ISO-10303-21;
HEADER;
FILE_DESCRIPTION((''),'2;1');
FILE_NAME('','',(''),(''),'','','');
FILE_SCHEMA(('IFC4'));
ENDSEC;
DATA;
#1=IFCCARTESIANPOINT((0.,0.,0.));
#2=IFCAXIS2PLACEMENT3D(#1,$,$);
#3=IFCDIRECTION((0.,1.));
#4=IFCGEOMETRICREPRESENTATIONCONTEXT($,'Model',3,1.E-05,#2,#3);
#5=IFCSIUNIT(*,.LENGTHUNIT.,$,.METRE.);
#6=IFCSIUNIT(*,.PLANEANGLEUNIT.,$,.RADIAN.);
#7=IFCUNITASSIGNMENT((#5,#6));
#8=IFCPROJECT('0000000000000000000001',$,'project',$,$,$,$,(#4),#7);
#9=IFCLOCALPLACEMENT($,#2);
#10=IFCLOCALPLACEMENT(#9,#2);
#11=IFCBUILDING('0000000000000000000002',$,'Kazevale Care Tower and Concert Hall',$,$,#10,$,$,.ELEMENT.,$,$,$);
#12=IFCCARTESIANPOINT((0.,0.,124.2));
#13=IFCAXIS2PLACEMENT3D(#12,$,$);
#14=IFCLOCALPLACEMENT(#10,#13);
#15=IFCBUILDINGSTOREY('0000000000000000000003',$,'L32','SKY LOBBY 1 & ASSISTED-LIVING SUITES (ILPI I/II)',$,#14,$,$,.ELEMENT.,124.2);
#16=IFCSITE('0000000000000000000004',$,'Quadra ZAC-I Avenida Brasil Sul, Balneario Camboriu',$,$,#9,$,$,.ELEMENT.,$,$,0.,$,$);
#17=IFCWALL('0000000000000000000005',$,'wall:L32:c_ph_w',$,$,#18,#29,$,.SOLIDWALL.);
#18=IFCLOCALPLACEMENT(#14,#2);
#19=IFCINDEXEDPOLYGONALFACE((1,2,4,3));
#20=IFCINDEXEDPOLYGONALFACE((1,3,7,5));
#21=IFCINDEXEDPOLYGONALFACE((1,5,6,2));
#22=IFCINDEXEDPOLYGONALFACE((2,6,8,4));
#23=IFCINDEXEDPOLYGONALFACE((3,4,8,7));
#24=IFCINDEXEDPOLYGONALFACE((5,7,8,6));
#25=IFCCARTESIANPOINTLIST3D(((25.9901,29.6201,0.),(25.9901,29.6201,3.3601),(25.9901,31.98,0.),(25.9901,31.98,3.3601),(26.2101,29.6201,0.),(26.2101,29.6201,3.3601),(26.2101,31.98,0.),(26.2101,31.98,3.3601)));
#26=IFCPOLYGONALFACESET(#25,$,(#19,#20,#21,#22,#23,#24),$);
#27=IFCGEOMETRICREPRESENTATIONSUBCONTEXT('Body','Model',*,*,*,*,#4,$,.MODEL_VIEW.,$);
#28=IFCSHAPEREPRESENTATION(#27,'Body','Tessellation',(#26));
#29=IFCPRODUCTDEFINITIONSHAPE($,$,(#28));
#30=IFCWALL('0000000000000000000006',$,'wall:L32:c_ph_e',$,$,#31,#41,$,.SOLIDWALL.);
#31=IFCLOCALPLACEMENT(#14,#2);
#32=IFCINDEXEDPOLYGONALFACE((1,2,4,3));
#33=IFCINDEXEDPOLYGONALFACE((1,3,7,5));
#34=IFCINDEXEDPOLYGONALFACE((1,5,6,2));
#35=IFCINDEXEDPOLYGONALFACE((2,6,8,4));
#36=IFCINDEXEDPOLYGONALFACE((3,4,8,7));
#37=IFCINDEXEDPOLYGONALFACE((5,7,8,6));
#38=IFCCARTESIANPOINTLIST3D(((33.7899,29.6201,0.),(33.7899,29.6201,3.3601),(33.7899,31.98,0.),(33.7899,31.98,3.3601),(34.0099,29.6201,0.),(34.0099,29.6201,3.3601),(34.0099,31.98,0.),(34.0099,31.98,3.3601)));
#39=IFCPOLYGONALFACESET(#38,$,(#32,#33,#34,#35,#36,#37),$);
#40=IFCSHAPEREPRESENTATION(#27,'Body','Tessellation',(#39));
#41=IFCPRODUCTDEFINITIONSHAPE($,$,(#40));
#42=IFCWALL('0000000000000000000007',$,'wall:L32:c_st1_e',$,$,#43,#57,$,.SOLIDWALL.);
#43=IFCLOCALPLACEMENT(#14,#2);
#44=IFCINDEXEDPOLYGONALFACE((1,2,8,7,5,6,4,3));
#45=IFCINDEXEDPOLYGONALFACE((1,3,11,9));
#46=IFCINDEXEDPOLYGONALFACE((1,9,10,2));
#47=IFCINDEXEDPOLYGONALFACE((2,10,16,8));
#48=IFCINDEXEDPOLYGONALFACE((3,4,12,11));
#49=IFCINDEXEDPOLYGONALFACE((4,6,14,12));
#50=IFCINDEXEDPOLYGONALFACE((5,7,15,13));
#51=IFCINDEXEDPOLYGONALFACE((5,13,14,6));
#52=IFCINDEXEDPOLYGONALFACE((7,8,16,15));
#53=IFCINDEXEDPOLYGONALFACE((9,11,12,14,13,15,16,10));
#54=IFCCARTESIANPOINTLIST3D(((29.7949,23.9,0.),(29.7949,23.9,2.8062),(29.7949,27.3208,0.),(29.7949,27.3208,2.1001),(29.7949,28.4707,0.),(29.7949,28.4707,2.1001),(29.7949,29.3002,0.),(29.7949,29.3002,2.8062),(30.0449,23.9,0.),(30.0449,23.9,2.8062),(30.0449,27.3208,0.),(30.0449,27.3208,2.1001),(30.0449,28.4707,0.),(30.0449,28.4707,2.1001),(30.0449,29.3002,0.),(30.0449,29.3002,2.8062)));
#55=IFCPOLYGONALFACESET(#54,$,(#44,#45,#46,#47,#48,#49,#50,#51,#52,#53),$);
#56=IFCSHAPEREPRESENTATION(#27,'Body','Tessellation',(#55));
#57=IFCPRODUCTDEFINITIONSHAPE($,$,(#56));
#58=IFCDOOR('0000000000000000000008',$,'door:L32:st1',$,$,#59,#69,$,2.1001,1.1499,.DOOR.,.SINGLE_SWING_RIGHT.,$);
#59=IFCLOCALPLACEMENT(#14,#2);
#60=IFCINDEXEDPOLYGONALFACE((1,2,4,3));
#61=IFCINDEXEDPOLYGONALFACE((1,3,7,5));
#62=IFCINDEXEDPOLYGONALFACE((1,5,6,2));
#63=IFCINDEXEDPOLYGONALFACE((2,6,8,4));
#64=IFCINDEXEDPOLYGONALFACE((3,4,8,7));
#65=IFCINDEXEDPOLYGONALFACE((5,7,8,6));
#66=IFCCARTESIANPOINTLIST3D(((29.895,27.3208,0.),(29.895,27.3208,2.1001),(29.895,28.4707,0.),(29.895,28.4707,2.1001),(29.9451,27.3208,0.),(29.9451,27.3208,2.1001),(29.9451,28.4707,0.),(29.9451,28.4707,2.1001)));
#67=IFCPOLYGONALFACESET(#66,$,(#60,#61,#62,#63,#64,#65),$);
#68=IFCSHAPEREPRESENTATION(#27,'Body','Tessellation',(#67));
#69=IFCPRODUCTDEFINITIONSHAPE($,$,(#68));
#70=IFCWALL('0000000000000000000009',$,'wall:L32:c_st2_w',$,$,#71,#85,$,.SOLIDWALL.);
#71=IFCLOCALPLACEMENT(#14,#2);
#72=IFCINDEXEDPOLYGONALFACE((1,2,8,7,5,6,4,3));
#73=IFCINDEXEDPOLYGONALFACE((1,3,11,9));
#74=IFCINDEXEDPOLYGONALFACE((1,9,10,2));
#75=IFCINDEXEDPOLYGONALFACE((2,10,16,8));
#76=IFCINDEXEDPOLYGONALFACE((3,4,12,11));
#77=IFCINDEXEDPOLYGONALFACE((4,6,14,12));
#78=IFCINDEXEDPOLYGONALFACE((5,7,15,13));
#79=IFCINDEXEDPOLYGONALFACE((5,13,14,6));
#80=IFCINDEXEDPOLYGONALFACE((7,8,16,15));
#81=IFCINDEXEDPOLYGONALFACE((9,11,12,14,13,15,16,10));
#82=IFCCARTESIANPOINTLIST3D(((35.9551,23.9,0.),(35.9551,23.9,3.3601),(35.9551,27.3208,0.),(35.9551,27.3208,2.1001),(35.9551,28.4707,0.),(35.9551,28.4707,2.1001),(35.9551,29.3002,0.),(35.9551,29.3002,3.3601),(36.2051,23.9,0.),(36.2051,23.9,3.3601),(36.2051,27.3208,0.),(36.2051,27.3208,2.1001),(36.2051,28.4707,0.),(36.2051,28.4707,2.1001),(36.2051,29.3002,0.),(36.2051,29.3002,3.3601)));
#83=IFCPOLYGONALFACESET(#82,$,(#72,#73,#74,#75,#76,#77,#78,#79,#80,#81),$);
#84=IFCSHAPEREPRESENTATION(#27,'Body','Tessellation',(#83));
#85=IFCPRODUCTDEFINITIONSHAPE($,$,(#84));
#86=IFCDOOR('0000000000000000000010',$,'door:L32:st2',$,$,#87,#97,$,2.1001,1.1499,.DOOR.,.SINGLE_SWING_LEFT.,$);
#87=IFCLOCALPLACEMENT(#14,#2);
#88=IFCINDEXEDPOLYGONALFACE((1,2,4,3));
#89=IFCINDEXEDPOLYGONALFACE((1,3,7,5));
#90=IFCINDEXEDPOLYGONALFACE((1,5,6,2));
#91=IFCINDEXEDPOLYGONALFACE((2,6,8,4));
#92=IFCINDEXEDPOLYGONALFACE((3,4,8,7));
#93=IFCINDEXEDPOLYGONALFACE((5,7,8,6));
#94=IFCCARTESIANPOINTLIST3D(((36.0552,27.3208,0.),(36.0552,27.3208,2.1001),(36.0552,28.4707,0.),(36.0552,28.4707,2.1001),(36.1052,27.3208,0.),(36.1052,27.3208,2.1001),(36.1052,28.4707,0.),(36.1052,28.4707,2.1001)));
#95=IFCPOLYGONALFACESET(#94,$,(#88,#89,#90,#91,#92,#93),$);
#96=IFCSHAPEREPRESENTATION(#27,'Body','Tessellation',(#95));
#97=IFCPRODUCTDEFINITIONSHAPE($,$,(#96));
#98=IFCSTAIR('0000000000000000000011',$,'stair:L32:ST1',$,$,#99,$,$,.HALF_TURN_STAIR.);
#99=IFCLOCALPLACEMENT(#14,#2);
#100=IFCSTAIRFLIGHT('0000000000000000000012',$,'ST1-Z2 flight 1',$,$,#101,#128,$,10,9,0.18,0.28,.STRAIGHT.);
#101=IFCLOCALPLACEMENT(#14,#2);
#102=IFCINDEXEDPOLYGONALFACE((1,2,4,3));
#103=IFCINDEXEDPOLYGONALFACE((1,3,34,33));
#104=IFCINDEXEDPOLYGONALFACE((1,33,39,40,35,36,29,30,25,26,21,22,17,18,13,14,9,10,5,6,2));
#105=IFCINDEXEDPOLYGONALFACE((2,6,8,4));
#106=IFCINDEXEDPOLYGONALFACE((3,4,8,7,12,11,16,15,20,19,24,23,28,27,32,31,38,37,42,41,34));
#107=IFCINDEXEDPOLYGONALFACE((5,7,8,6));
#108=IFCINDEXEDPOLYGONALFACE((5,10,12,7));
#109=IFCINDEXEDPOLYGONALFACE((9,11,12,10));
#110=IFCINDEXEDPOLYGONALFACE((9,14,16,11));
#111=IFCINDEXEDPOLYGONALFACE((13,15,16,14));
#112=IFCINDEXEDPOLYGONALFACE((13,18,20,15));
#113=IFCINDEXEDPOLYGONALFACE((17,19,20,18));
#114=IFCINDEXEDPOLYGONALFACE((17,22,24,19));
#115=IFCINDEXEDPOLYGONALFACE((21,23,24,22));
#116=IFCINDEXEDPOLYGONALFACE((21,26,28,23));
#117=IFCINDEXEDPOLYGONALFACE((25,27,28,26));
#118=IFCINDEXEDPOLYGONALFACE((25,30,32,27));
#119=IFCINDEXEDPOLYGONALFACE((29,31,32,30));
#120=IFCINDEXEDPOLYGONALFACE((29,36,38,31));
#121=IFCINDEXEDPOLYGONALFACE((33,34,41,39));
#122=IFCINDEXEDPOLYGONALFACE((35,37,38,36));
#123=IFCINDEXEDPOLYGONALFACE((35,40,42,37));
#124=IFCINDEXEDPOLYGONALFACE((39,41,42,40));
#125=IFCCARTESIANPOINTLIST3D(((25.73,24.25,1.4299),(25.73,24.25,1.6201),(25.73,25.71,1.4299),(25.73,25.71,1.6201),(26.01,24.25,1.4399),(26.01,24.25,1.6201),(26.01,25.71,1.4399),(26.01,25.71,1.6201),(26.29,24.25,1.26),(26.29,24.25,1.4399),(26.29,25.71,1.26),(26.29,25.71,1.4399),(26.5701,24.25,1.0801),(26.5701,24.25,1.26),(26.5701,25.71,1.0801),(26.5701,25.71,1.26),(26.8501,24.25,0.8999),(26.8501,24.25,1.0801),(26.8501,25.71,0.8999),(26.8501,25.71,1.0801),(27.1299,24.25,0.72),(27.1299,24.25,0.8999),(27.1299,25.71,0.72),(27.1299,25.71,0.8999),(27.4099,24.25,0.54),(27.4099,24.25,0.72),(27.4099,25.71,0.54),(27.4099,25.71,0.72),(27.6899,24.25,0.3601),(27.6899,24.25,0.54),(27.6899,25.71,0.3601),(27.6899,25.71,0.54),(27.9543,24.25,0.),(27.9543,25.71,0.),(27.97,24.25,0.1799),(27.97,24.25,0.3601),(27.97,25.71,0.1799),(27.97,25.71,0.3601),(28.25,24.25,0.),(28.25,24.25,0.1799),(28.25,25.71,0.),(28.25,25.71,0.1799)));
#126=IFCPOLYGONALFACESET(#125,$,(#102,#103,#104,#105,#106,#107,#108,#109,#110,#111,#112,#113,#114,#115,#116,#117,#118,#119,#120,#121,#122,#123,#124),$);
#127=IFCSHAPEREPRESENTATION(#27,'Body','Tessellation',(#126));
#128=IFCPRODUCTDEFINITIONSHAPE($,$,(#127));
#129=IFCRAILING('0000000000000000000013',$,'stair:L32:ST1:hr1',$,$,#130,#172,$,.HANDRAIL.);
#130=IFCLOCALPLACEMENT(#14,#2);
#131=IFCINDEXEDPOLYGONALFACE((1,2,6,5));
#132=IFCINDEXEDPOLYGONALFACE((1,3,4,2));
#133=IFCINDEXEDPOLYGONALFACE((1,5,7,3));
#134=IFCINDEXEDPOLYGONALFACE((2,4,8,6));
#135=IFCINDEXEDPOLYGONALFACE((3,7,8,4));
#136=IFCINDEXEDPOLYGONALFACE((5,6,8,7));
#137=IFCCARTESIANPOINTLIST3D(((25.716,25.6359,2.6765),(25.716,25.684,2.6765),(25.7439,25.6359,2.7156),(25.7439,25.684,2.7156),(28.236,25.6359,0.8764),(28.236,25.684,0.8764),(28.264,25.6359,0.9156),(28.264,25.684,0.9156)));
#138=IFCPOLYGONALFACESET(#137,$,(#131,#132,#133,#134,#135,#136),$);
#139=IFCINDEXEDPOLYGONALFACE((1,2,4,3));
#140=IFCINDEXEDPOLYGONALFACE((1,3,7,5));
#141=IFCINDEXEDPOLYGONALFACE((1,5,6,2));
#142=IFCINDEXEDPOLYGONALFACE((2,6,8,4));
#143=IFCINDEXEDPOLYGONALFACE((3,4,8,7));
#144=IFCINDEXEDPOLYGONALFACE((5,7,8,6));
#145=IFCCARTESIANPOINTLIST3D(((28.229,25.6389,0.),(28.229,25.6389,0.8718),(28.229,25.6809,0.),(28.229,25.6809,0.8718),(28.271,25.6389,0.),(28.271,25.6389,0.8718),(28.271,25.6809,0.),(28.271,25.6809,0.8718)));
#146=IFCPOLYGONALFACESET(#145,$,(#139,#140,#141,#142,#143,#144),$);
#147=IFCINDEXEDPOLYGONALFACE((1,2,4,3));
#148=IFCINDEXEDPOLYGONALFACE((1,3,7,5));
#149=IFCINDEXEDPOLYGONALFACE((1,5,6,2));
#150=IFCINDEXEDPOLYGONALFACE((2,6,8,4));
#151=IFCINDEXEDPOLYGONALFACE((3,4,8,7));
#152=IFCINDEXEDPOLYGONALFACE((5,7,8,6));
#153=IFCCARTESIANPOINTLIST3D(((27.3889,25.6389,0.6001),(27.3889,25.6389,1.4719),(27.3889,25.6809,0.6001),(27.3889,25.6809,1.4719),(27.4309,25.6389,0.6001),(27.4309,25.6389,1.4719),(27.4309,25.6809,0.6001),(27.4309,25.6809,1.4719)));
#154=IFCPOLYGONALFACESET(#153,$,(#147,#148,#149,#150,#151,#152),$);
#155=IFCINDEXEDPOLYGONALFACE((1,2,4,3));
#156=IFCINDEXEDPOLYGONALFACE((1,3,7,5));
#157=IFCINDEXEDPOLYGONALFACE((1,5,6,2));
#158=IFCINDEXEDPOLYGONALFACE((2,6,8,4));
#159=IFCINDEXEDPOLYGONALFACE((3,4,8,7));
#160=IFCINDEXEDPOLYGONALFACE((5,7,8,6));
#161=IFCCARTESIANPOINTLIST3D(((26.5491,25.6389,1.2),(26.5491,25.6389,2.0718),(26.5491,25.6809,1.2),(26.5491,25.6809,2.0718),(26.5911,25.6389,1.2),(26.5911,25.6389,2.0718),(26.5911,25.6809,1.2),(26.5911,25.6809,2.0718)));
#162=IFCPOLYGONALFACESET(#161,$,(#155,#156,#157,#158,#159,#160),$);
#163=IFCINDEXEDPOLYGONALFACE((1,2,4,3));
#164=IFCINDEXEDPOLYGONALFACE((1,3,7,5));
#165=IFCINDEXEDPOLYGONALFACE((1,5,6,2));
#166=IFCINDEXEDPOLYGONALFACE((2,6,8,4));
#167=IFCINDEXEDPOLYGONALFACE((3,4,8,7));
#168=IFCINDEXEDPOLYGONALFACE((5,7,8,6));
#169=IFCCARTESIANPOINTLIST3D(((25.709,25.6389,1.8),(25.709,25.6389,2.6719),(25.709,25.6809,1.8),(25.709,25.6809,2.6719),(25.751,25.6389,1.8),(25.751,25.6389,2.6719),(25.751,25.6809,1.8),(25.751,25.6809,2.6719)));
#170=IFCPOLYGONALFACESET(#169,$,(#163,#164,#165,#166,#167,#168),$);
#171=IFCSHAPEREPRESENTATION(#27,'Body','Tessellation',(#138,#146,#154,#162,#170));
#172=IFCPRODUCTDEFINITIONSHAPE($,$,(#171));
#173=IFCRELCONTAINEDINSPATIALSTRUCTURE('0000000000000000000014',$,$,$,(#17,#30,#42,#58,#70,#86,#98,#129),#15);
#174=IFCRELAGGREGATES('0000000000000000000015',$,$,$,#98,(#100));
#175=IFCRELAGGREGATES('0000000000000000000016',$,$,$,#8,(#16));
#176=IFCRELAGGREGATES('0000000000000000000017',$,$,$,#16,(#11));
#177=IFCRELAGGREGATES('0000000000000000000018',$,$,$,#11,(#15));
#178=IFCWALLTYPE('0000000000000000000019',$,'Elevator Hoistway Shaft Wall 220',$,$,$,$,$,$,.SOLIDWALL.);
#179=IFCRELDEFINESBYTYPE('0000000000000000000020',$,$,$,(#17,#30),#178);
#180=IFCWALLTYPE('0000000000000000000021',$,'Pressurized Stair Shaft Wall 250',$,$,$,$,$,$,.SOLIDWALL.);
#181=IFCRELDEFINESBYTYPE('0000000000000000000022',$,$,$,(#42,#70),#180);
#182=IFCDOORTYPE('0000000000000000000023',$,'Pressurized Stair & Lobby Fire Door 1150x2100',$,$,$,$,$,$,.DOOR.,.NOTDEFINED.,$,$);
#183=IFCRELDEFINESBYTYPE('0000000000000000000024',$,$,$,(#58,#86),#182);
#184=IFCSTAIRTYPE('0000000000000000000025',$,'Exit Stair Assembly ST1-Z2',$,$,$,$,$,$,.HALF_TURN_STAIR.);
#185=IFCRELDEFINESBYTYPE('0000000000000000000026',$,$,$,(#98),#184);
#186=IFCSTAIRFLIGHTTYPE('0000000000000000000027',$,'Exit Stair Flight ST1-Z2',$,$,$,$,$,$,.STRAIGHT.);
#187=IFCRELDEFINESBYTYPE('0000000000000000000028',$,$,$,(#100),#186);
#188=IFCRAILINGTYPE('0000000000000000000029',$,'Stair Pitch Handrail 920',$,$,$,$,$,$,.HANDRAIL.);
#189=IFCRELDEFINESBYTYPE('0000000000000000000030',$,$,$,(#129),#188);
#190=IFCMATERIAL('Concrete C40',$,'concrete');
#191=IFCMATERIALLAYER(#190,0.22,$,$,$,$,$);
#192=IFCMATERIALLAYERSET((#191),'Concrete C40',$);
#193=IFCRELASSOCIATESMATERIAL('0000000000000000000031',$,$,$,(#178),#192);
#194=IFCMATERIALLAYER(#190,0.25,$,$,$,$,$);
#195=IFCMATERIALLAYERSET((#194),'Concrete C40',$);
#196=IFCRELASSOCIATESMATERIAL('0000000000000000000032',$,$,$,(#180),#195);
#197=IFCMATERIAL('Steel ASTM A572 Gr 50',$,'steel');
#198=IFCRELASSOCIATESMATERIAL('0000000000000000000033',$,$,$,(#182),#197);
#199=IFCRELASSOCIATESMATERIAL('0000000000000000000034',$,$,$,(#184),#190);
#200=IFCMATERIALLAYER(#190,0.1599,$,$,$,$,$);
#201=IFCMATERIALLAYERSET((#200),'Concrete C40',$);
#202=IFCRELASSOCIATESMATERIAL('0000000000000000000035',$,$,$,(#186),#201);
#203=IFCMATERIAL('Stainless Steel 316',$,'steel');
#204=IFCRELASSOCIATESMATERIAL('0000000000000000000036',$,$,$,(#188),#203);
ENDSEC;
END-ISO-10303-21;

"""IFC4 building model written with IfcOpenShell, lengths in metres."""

from ifc_helpers import new_model, si_unit, direction, frame, frame_2d, origin, origin_2d, place, context, subcontext, project, spatial, polyline, rectangle, outline, extrude, material, layer, layer_set, type_object, element, fill, aggregate, save


model = new_model("IFC4")

# Units and contexts
model_context = context("Model", 3, precision=1e-05, world=origin(), true_north=direction((0.0, 1.0)))
body_context = subcontext(model_context, "Body", "Model", "MODEL_VIEW")
ifc_project = project(units=[si_unit("LENGTHUNIT", "METRE"), si_unit("PLANEANGLEUNIT", "RADIAN")], contexts=[model_context])

# Site, building, storey
site_placement = place(None, origin())
site = spatial("IfcSite", under=ifc_project, at=site_placement, Name="Quadra ZAC-I Avenida Brasil Sul, Balneario Camboriu", CompositionType="ELEMENT", RefElevation=0.0)
building_placement = place(site_placement, origin())
building = spatial("IfcBuilding", under=site, at=building_placement, Name="Kazevale Care Tower and Concert Hall", CompositionType="ELEMENT")
storey_placement = place(building_placement, frame((0.0, 0.0, 124.2)))
storey = spatial("IfcBuildingStorey", under=building, at=storey_placement, Name="L32", Description="SKY LOBBY 1 & ASSISTED-LIVING SUITES (ILPI I/II)", CompositionType="ELEMENT", Elevation=124.2)

# Shared definitions
ifc_material_1 = material(Name="Steel ASTM A572 Gr 50", Category="steel")

# Shared definitions
ifc_material_2 = material(Name="Concrete C40", Category="concrete")
ifc_layer_1 = layer(ifc_material_2, 0.22)
ifc_layer_set_1 = layer_set([ifc_layer_1], Name="Concrete C40")
wall_type_1 = type_object("IfcWallType", Name="Elevator Hoistway Shaft Wall 220", PredefinedType="SOLIDWALL", material=ifc_layer_set_1)
ifc_material_3 = material(Name="Stainless Steel 316", Category="steel")

# Walls
for number, where, z_axis, x_axis, name in (
    (1, (26.1001, 29.6201, 0.0), (0.0, 0.0, 1.0), (0.0, 1.0, 0.0), "wall:L32:c_ph_w"),
    (2, (33.8999, 29.6201, 0.0), (0.0, 0.0, 1.0), (0.0, 1.0, 0.0), "wall:L32:c_ph_e"),
):
    element("IfcWall", number, at=place(storey_placement, frame(where, z_axis=z_axis, x_axis=x_axis)), inside=storey, type_object=wall_type_1, Name=name, PredefinedType="SOLIDWALL", context=body_context, shape_type="SweptSolid", body=[
        extrude(rectangle(XDim=2.3599, YDim=0.22, at=frame_2d((1.1799, 0.0))), origin(), (0.0, 0.0, 1.0), 3.3601),
    ])

# Walls, openings, doors
ifc_layer_2 = layer(ifc_material_2, 0.25)
ifc_layer_set_2 = layer_set([ifc_layer_2], Name="Concrete C40")
wall_type_2 = type_object("IfcWallType", Name="Pressurized Stair Shaft Wall 250", PredefinedType="SOLIDWALL", material=ifc_layer_set_2)
wall_1_placement = place(storey_placement, frame((29.9199, 23.8999, 0.0), z_axis=(0.0, 0.0, 1.0), x_axis=(0.0, 1.0, 0.0)))
wall_1 = element("IfcWall", 3, at=wall_1_placement, inside=storey, type_object=wall_type_2, Name="wall:L32:c_st1_e", PredefinedType="SOLIDWALL", context=body_context, shape_type="SweptSolid", body=[
    extrude(rectangle(XDim=5.4001, YDim=0.25, at=frame_2d((2.7002, 0.0))), origin(), (0.0, 0.0, 1.0), 2.8062),
])
opening_1_placement = place(wall_1_placement, frame((3.4209, 0.0, 0.0)))
opening_1 = element("IfcOpeningElement", 4, at=opening_1_placement, cuts=wall_1, PredefinedType="OPENING", context=body_context, shape_type="SweptSolid", body=[
    extrude(rectangle(XDim=1.1499, YDim=2.1001, at=frame_2d((0.575, 1.05))), frame((0.0, 0.135, 0.0), z_axis=(0.0, -1.0, 0.0), x_axis=(1.0, 0.0, 0.0)), (0.0, 0.0, 1.0), 0.27),
])
door_type_1 = type_object("IfcDoorType", Name="Pressurized Stair & Lobby Fire Door 1150x2100", OperationType="NOTDEFINED", PredefinedType="DOOR", material=ifc_material_1)
door_1_placement = place(opening_1_placement, origin())
door_1 = element("IfcDoor", 5, at=door_1_placement, inside=storey, type_object=door_type_1, Name="door:L32:st1", OperationType="SINGLE_SWING_RIGHT", OverallHeight=2.1001, OverallWidth=1.1499, PredefinedType="DOOR", context=body_context, shape_type="SweptSolid", body=[
    extrude(rectangle(XDim=1.1499, YDim=2.1001, at=frame_2d((0.575, 1.05))), frame((0.0, 0.0249, 0.0), z_axis=(0.0, -1.0, 0.0), x_axis=(1.0, 0.0, 0.0)), (0.0, 0.0, 1.0), 0.05),
])
fill(opening_1, door_1)
wall_2_placement = place(storey_placement, frame((36.0801, 23.8999, 0.0), z_axis=(0.0, 0.0, 1.0), x_axis=(0.0, 1.0, 0.0)))
wall_2 = element("IfcWall", 6, at=wall_2_placement, inside=storey, type_object=wall_type_2, Name="wall:L32:c_st2_w", PredefinedType="SOLIDWALL", context=body_context, shape_type="SweptSolid", body=[
    extrude(rectangle(XDim=5.4001, YDim=0.25, at=frame_2d((2.7002, 0.0))), origin(), (0.0, 0.0, 1.0), 3.3601),
])
opening_2_placement = place(wall_2_placement, frame((3.4209, 0.0, 0.0)))
opening_2 = element("IfcOpeningElement", 7, at=opening_2_placement, cuts=wall_2, PredefinedType="OPENING", context=body_context, shape_type="SweptSolid", body=[
    extrude(rectangle(XDim=1.1499, YDim=2.1001, at=frame_2d((0.575, 1.05))), frame((0.0, 0.135, 0.0), z_axis=(0.0, -1.0, 0.0), x_axis=(1.0, 0.0, 0.0)), (0.0, 0.0, 1.0), 0.27),
])
door_2_placement = place(opening_2_placement, origin())
door_2 = element("IfcDoor", 8, at=door_2_placement, inside=storey, type_object=door_type_1, Name="door:L32:st2", OperationType="SINGLE_SWING_LEFT", OverallHeight=2.1001, OverallWidth=1.1499, PredefinedType="DOOR", context=body_context, shape_type="SweptSolid", body=[
    extrude(rectangle(XDim=1.1499, YDim=2.1001, at=frame_2d((0.575, 1.05))), frame((0.0, 0.0249, 0.0), z_axis=(0.0, -1.0, 0.0), x_axis=(1.0, 0.0, 0.0)), (0.0, 0.0, 1.0), 0.05),
])
fill(opening_2, door_2)

# Stair, stair flight
stair_type = type_object("IfcStairType", Name="Exit Stair Assembly ST1-Z2", PredefinedType="HALF_TURN_STAIR", material=ifc_material_2)
stair_placement = place(storey_placement, origin())
stair = element("IfcStair", 9, at=stair_placement, inside=storey, type_object=stair_type, Name="stair:L32:ST1", PredefinedType="HALF_TURN_STAIR")
ifc_layer_3 = layer(ifc_material_2, 0.1599)
ifc_layer_set_3 = layer_set([ifc_layer_3], Name="Concrete C40")
stair_flight_type = type_object("IfcStairFlightType", Name="Exit Stair Flight ST1-Z2", PredefinedType="STRAIGHT", material=ifc_layer_set_3)
stair_flight_placement = place(storey_placement, frame((28.25, 24.98, 0.0), z_axis=(0.0, 0.0, 1.0), x_axis=(-1.0, 0.0, 0.0)))
stair_flight = element("IfcStairFlight", 10, at=stair_flight_placement, type_object=stair_flight_type, Name="ST1-Z2 flight 1", NumberOfRisers=10, NumberOfTreads=9, PredefinedType="STRAIGHT", RiserHeight=0.18, TreadLength=0.28, context=body_context, shape_type="SweptSolid", body=[
    extrude(outline(polyline([(0.0, 0.0), (0.0, 0.1799), (0.28, 0.1799), (0.28, 0.3601), (0.5601, 0.3601), (0.5601, 0.54), (0.8401, 0.54), (0.8401, 0.72), (1.1201, 0.72), (1.1201, 0.8999), (1.3999, 0.8999), (1.3999, 1.0801), (1.6799, 1.0801), (1.6799, 1.26), (1.96, 1.26), (1.96, 1.4399), (2.24, 1.4399), (2.24, 1.6201), (2.52, 1.6201), (2.52, 1.8), (2.52, 1.4299), (0.2957, 0.0), (0.0, 0.0)])), frame((0.0, 0.73, 0.0), z_axis=(0.0, -1.0, 0.0), x_axis=(1.0, 0.0, 0.0)), (0.0, 0.0, 1.0), 1.46),
])
aggregate(stair, [stair_flight])

# Railing
railing_type_1 = type_object("IfcRailingType", Name="Stair Pitch Handrail 920", PredefinedType="HANDRAIL", material=ifc_material_3)
railing_1_placement = place(storey_placement, frame((28.25, 25.6599, 0.0)))
element("IfcRailing", 11, at=railing_1_placement, inside=storey, type_object=railing_type_1, Name="stair:L32:ST1:hr1", PredefinedType="HANDRAIL", context=body_context, shape_type="SweptSolid", body=[
    extrude(rectangle(XDim=0.0481, YDim=0.0481, at=origin_2d()), frame((0.0, 0.0, 0.896), z_axis=(-0.813728, 0.0, 0.581246), x_axis=(0.0, -1.0, 0.0)), (0.0, 0.0, 1.0), 3.0969),
    extrude(rectangle(XDim=0.042, YDim=0.042, at=origin_2d()), origin(), (0.0, 0.0, 1.0), 0.8718),
    extrude(rectangle(XDim=0.042, YDim=0.042, at=origin_2d()), frame((-0.8401, 0.0, 0.6001)), (0.0, 0.0, 1.0), 0.8718),
    extrude(rectangle(XDim=0.042, YDim=0.042, at=origin_2d()), frame((-1.6799, 0.0, 1.2)), (0.0, 0.0, 1.0), 0.8718),
    extrude(rectangle(XDim=0.042, YDim=0.042, at=origin_2d()), frame((-2.52, 0.0, 1.8)), (0.0, 0.0, 1.0), 0.8718),
])

save(model, "model.ifc")
